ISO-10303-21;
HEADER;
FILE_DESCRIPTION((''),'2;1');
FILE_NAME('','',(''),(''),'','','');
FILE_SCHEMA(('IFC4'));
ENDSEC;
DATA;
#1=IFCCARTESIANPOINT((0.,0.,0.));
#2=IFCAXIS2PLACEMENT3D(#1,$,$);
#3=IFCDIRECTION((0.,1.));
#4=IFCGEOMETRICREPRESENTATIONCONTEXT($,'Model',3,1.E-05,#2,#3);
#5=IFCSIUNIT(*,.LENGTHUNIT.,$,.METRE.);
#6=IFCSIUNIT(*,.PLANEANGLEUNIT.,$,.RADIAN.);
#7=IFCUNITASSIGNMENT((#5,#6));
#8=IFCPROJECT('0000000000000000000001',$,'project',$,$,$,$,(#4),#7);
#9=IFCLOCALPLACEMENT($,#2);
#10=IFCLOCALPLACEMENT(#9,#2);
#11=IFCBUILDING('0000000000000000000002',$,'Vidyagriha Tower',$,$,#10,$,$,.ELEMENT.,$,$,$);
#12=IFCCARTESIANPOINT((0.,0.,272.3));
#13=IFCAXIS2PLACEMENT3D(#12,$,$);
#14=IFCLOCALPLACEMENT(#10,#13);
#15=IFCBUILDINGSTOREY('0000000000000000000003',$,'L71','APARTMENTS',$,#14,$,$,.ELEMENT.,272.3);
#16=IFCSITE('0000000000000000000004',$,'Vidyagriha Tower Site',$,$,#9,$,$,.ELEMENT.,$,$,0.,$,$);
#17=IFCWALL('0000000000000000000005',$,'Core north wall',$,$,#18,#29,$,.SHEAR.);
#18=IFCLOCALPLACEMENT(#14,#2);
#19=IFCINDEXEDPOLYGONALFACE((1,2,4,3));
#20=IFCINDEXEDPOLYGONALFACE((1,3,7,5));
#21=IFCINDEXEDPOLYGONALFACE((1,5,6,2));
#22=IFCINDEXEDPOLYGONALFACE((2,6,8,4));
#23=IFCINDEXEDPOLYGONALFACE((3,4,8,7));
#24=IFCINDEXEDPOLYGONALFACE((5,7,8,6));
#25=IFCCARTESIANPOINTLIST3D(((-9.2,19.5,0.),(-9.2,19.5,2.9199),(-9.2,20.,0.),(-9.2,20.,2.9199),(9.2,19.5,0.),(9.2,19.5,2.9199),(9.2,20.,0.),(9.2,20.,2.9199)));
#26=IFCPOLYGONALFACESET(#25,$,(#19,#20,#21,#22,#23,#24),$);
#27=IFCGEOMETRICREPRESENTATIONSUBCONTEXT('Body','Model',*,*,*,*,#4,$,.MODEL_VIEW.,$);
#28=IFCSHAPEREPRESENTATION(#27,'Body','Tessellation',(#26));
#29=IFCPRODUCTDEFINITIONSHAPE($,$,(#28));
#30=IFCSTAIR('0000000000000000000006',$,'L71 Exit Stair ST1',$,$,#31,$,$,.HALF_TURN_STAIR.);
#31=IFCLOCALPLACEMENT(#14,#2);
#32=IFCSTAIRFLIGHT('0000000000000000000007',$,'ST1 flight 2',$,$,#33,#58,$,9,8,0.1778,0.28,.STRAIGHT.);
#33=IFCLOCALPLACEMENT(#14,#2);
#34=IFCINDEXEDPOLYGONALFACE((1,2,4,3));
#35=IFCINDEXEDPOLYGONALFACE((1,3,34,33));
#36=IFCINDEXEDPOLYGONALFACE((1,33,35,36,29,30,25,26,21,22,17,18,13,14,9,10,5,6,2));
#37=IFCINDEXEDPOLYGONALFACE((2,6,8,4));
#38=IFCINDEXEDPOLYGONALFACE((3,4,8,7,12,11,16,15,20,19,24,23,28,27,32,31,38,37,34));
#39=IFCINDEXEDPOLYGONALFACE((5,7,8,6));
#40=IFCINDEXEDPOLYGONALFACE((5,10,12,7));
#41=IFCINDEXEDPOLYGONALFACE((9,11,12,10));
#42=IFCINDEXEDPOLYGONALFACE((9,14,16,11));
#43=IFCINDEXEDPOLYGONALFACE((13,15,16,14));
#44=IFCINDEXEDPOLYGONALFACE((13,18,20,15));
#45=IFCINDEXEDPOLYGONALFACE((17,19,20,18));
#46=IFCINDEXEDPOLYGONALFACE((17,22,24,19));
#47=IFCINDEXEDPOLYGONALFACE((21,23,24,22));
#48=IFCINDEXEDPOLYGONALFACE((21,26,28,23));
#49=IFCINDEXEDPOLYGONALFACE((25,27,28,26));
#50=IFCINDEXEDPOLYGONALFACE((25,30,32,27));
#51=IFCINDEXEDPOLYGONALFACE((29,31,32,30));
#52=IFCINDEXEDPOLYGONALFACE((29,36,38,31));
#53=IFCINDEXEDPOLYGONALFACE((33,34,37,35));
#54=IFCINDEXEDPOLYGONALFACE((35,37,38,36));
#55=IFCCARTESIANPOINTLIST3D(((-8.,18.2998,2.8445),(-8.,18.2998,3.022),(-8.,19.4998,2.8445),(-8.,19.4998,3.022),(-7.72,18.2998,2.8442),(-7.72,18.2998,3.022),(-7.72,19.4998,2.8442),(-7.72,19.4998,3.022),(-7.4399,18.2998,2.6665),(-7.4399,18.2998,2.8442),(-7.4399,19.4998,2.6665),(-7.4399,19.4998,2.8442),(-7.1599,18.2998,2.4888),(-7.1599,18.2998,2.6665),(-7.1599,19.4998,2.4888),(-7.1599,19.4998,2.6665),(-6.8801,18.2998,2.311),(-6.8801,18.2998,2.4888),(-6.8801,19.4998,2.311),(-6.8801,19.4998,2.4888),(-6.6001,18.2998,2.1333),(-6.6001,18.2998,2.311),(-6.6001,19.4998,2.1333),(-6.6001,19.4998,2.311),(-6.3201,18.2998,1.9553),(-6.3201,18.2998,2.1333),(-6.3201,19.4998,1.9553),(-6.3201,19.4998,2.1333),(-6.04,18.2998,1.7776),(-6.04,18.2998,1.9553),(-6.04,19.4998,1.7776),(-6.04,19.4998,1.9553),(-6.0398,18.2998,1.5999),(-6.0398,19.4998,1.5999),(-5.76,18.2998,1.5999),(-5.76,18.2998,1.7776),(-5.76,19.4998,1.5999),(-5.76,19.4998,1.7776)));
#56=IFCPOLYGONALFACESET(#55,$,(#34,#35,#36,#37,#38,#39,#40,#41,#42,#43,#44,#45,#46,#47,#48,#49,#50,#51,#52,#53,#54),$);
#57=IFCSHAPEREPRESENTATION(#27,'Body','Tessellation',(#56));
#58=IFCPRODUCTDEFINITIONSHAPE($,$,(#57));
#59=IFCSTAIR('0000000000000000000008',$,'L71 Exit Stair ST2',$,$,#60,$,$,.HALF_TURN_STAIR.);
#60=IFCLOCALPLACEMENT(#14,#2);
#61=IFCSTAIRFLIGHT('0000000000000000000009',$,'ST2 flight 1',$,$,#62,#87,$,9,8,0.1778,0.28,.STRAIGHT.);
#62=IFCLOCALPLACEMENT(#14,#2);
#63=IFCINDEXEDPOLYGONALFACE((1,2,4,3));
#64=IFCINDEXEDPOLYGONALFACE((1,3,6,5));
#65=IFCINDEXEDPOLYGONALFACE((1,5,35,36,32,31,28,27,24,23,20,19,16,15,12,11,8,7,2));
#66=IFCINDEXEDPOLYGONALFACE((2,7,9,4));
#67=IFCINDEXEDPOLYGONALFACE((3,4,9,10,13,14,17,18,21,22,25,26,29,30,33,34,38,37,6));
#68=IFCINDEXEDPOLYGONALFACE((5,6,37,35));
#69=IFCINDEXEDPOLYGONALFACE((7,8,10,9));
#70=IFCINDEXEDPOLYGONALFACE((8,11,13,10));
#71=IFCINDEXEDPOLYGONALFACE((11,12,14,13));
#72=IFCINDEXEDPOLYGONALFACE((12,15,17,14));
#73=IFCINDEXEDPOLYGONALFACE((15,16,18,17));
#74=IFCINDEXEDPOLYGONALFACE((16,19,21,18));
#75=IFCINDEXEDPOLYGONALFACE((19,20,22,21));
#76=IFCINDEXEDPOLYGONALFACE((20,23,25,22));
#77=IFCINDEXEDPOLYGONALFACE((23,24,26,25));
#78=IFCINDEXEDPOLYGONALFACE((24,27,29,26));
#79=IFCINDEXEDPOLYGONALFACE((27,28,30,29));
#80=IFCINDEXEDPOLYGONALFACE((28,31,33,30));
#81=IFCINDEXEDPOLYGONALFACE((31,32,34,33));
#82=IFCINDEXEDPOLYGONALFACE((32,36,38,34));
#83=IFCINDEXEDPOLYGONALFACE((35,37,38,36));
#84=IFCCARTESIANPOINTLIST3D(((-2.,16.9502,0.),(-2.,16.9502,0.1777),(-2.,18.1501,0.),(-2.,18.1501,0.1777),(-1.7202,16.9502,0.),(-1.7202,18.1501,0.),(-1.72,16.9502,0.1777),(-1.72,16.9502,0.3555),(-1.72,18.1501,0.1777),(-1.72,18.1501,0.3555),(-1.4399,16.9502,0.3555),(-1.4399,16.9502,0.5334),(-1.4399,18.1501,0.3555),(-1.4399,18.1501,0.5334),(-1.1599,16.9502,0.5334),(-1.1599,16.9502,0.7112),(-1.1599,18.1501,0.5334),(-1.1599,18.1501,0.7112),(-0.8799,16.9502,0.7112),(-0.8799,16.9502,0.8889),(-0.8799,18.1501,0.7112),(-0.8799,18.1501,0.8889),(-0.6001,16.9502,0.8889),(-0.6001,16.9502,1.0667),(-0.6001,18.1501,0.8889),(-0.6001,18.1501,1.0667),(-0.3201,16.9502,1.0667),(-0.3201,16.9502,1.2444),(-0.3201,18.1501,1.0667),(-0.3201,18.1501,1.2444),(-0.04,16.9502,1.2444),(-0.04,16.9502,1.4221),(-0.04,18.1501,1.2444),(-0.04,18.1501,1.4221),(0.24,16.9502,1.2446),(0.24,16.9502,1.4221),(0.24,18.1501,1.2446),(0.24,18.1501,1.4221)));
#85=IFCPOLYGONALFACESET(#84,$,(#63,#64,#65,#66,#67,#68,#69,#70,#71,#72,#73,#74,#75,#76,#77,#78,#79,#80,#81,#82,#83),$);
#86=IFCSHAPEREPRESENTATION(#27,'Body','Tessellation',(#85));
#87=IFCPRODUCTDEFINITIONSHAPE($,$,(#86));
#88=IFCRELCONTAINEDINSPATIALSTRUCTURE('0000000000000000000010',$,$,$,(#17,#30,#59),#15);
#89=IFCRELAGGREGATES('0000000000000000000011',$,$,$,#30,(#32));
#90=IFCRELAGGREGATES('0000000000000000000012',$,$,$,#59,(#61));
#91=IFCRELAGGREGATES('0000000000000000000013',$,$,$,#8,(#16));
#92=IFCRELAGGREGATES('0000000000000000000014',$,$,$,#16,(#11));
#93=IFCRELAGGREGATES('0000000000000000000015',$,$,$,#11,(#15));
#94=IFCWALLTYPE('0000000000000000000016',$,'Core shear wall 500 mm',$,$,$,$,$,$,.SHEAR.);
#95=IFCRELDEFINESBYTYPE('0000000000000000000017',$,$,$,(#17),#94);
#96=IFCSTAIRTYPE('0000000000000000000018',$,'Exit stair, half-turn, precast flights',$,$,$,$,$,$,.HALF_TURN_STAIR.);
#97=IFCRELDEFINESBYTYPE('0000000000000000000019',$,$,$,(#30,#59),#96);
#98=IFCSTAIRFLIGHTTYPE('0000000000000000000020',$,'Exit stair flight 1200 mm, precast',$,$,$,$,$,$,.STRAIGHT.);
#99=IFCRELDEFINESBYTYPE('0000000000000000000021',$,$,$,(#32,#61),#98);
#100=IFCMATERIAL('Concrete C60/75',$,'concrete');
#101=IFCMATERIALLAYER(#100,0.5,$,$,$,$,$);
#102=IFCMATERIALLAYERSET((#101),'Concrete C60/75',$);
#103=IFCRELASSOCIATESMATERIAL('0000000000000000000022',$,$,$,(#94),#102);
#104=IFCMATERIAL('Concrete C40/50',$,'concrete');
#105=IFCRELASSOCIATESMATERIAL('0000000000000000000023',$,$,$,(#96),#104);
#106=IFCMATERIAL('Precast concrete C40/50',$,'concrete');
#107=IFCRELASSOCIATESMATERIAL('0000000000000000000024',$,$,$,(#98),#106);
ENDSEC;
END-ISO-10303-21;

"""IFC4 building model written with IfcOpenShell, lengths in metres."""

from ifc_helpers import new_model, si_unit, direction, frame, frame_2d, origin, place, context, subcontext, project, spatial, polyline, rectangle, outline, extrude, material, layer, layer_set, type_object, element, aggregate, save


model = new_model("IFC4")

# Units and contexts
model_context = context("Model", 3, precision=1e-05, world=origin(), true_north=direction((0.0, 1.0)))
body_context = subcontext(model_context, "Body", "Model", "MODEL_VIEW")
ifc_project = project(units=[si_unit("LENGTHUNIT", "METRE"), si_unit("PLANEANGLEUNIT", "RADIAN")], contexts=[model_context])

# Site, building, storey
site_placement = place(None, origin())
site = spatial("IfcSite", under=ifc_project, at=site_placement, Name="Vidyagriha Tower Site", CompositionType="ELEMENT", RefElevation=0.0)
building_placement = place(site_placement, origin())
building = spatial("IfcBuilding", under=site, at=building_placement, Name="Vidyagriha Tower", CompositionType="ELEMENT")
storey_placement = place(building_placement, frame((0.0, 0.0, 272.3)))
storey = spatial("IfcBuildingStorey", under=building, at=storey_placement, Name="L71", Description="APARTMENTS", CompositionType="ELEMENT", Elevation=272.3)

# Wall
ifc_material_1 = material(Name="Concrete C60/75", Category="concrete")
ifc_layer_1 = layer(ifc_material_1, 0.5)
ifc_layer_set_1 = layer_set([ifc_layer_1], Name="Concrete C60/75")
wall_type = type_object("IfcWallType", Name="Core shear wall 500 mm", PredefinedType="SHEAR", material=ifc_layer_set_1)
wall_placement = place(storey_placement, frame((-9.2, 19.75, 0.0)))
element("IfcWall", 1, at=wall_placement, inside=storey, type_object=wall_type, Name="Core north wall", PredefinedType="SHEAR", context=body_context, shape_type="SweptSolid", body=[
    extrude(rectangle(XDim=18.3999, YDim=0.5, at=frame_2d((9.2, 0.0))), origin(), (0.0, 0.0, 1.0), 2.9199),
])

# Stairs, stair flights
ifc_material_2 = material(Name="Concrete C40/50", Category="concrete")
stair_type = type_object("IfcStairType", Name="Exit stair, half-turn, precast flights", PredefinedType="HALF_TURN_STAIR", material=ifc_material_2)
stair_1_placement = place(storey_placement, origin())
stair_1 = element("IfcStair", 2, at=stair_1_placement, inside=storey, type_object=stair_type, Name="L71 Exit Stair ST1", PredefinedType="HALF_TURN_STAIR")
ifc_material_3 = material(Name="Precast concrete C40/50", Category="concrete")
stair_flight_type = type_object("IfcStairFlightType", Name="Exit stair flight 1200 mm, precast", PredefinedType="STRAIGHT", material=ifc_material_3)
stair_flight_1_placement = place(storey_placement, frame((-5.76, 18.8999, 1.5999), z_axis=(0.0, 0.0, 1.0), x_axis=(-1.0, 0.0, 0.0)))
stair_flight_1 = element("IfcStairFlight", 3, at=stair_flight_1_placement, type_object=stair_flight_type, Name="ST1 flight 2", NumberOfRisers=9, NumberOfTreads=8, PredefinedType="STRAIGHT", RiserHeight=0.1778, TreadLength=0.28, context=body_context, shape_type="SweptSolid", body=[
    extrude(outline(polyline([(0.0, 0.0), (0.0, 0.1777), (0.28, 0.1777), (0.28, 0.3555), (0.5601, 0.3555), (0.5601, 0.5334), (0.8401, 0.5334), (0.8401, 0.7112), (1.1201, 0.7112), (1.1201, 0.8889), (1.3999, 0.8889), (1.3999, 1.0667), (1.6799, 1.0667), (1.6799, 1.2444), (1.96, 1.2444), (1.96, 1.4221), (2.24, 1.4221), (2.24, 1.6001), (2.24, 1.2446), (0.2798, 0.0), (0.0, 0.0)])), frame((0.0, 0.6001, 0.0), z_axis=(0.0, -1.0, 0.0), x_axis=(1.0, 0.0, 0.0)), (0.0, 0.0, 1.0), 1.2),
])
aggregate(stair_1, [stair_flight_1])
stair_2_placement = place(storey_placement, origin())
stair_2 = element("IfcStair", 4, at=stair_2_placement, inside=storey, type_object=stair_type, Name="L71 Exit Stair ST2", PredefinedType="HALF_TURN_STAIR")
stair_flight_2_placement = place(storey_placement, frame((-2.0, 17.55, 0.0)))
stair_flight_2 = element("IfcStairFlight", 5, at=stair_flight_2_placement, type_object=stair_flight_type, Name="ST2 flight 1", NumberOfRisers=9, NumberOfTreads=8, PredefinedType="STRAIGHT", RiserHeight=0.1778, TreadLength=0.28, context=body_context, shape_type="SweptSolid", body=[
    extrude(outline(polyline([(0.0, 0.0), (0.0, 0.1777), (0.28, 0.1777), (0.28, 0.3555), (0.5601, 0.3555), (0.5601, 0.5334), (0.8401, 0.5334), (0.8401, 0.7112), (1.1201, 0.7112), (1.1201, 0.8889), (1.3999, 0.8889), (1.3999, 1.0667), (1.6799, 1.0667), (1.6799, 1.2444), (1.96, 1.2444), (1.96, 1.4221), (2.24, 1.4221), (2.24, 1.6001), (2.24, 1.2446), (0.2798, 0.0), (0.0, 0.0)])), frame((0.0, 0.6001, 0.0), z_axis=(0.0, -1.0, 0.0), x_axis=(1.0, 0.0, 0.0)), (0.0, 0.0, 1.0), 1.2),
])
aggregate(stair_2, [stair_flight_2])

save(model, "model.ifc")
